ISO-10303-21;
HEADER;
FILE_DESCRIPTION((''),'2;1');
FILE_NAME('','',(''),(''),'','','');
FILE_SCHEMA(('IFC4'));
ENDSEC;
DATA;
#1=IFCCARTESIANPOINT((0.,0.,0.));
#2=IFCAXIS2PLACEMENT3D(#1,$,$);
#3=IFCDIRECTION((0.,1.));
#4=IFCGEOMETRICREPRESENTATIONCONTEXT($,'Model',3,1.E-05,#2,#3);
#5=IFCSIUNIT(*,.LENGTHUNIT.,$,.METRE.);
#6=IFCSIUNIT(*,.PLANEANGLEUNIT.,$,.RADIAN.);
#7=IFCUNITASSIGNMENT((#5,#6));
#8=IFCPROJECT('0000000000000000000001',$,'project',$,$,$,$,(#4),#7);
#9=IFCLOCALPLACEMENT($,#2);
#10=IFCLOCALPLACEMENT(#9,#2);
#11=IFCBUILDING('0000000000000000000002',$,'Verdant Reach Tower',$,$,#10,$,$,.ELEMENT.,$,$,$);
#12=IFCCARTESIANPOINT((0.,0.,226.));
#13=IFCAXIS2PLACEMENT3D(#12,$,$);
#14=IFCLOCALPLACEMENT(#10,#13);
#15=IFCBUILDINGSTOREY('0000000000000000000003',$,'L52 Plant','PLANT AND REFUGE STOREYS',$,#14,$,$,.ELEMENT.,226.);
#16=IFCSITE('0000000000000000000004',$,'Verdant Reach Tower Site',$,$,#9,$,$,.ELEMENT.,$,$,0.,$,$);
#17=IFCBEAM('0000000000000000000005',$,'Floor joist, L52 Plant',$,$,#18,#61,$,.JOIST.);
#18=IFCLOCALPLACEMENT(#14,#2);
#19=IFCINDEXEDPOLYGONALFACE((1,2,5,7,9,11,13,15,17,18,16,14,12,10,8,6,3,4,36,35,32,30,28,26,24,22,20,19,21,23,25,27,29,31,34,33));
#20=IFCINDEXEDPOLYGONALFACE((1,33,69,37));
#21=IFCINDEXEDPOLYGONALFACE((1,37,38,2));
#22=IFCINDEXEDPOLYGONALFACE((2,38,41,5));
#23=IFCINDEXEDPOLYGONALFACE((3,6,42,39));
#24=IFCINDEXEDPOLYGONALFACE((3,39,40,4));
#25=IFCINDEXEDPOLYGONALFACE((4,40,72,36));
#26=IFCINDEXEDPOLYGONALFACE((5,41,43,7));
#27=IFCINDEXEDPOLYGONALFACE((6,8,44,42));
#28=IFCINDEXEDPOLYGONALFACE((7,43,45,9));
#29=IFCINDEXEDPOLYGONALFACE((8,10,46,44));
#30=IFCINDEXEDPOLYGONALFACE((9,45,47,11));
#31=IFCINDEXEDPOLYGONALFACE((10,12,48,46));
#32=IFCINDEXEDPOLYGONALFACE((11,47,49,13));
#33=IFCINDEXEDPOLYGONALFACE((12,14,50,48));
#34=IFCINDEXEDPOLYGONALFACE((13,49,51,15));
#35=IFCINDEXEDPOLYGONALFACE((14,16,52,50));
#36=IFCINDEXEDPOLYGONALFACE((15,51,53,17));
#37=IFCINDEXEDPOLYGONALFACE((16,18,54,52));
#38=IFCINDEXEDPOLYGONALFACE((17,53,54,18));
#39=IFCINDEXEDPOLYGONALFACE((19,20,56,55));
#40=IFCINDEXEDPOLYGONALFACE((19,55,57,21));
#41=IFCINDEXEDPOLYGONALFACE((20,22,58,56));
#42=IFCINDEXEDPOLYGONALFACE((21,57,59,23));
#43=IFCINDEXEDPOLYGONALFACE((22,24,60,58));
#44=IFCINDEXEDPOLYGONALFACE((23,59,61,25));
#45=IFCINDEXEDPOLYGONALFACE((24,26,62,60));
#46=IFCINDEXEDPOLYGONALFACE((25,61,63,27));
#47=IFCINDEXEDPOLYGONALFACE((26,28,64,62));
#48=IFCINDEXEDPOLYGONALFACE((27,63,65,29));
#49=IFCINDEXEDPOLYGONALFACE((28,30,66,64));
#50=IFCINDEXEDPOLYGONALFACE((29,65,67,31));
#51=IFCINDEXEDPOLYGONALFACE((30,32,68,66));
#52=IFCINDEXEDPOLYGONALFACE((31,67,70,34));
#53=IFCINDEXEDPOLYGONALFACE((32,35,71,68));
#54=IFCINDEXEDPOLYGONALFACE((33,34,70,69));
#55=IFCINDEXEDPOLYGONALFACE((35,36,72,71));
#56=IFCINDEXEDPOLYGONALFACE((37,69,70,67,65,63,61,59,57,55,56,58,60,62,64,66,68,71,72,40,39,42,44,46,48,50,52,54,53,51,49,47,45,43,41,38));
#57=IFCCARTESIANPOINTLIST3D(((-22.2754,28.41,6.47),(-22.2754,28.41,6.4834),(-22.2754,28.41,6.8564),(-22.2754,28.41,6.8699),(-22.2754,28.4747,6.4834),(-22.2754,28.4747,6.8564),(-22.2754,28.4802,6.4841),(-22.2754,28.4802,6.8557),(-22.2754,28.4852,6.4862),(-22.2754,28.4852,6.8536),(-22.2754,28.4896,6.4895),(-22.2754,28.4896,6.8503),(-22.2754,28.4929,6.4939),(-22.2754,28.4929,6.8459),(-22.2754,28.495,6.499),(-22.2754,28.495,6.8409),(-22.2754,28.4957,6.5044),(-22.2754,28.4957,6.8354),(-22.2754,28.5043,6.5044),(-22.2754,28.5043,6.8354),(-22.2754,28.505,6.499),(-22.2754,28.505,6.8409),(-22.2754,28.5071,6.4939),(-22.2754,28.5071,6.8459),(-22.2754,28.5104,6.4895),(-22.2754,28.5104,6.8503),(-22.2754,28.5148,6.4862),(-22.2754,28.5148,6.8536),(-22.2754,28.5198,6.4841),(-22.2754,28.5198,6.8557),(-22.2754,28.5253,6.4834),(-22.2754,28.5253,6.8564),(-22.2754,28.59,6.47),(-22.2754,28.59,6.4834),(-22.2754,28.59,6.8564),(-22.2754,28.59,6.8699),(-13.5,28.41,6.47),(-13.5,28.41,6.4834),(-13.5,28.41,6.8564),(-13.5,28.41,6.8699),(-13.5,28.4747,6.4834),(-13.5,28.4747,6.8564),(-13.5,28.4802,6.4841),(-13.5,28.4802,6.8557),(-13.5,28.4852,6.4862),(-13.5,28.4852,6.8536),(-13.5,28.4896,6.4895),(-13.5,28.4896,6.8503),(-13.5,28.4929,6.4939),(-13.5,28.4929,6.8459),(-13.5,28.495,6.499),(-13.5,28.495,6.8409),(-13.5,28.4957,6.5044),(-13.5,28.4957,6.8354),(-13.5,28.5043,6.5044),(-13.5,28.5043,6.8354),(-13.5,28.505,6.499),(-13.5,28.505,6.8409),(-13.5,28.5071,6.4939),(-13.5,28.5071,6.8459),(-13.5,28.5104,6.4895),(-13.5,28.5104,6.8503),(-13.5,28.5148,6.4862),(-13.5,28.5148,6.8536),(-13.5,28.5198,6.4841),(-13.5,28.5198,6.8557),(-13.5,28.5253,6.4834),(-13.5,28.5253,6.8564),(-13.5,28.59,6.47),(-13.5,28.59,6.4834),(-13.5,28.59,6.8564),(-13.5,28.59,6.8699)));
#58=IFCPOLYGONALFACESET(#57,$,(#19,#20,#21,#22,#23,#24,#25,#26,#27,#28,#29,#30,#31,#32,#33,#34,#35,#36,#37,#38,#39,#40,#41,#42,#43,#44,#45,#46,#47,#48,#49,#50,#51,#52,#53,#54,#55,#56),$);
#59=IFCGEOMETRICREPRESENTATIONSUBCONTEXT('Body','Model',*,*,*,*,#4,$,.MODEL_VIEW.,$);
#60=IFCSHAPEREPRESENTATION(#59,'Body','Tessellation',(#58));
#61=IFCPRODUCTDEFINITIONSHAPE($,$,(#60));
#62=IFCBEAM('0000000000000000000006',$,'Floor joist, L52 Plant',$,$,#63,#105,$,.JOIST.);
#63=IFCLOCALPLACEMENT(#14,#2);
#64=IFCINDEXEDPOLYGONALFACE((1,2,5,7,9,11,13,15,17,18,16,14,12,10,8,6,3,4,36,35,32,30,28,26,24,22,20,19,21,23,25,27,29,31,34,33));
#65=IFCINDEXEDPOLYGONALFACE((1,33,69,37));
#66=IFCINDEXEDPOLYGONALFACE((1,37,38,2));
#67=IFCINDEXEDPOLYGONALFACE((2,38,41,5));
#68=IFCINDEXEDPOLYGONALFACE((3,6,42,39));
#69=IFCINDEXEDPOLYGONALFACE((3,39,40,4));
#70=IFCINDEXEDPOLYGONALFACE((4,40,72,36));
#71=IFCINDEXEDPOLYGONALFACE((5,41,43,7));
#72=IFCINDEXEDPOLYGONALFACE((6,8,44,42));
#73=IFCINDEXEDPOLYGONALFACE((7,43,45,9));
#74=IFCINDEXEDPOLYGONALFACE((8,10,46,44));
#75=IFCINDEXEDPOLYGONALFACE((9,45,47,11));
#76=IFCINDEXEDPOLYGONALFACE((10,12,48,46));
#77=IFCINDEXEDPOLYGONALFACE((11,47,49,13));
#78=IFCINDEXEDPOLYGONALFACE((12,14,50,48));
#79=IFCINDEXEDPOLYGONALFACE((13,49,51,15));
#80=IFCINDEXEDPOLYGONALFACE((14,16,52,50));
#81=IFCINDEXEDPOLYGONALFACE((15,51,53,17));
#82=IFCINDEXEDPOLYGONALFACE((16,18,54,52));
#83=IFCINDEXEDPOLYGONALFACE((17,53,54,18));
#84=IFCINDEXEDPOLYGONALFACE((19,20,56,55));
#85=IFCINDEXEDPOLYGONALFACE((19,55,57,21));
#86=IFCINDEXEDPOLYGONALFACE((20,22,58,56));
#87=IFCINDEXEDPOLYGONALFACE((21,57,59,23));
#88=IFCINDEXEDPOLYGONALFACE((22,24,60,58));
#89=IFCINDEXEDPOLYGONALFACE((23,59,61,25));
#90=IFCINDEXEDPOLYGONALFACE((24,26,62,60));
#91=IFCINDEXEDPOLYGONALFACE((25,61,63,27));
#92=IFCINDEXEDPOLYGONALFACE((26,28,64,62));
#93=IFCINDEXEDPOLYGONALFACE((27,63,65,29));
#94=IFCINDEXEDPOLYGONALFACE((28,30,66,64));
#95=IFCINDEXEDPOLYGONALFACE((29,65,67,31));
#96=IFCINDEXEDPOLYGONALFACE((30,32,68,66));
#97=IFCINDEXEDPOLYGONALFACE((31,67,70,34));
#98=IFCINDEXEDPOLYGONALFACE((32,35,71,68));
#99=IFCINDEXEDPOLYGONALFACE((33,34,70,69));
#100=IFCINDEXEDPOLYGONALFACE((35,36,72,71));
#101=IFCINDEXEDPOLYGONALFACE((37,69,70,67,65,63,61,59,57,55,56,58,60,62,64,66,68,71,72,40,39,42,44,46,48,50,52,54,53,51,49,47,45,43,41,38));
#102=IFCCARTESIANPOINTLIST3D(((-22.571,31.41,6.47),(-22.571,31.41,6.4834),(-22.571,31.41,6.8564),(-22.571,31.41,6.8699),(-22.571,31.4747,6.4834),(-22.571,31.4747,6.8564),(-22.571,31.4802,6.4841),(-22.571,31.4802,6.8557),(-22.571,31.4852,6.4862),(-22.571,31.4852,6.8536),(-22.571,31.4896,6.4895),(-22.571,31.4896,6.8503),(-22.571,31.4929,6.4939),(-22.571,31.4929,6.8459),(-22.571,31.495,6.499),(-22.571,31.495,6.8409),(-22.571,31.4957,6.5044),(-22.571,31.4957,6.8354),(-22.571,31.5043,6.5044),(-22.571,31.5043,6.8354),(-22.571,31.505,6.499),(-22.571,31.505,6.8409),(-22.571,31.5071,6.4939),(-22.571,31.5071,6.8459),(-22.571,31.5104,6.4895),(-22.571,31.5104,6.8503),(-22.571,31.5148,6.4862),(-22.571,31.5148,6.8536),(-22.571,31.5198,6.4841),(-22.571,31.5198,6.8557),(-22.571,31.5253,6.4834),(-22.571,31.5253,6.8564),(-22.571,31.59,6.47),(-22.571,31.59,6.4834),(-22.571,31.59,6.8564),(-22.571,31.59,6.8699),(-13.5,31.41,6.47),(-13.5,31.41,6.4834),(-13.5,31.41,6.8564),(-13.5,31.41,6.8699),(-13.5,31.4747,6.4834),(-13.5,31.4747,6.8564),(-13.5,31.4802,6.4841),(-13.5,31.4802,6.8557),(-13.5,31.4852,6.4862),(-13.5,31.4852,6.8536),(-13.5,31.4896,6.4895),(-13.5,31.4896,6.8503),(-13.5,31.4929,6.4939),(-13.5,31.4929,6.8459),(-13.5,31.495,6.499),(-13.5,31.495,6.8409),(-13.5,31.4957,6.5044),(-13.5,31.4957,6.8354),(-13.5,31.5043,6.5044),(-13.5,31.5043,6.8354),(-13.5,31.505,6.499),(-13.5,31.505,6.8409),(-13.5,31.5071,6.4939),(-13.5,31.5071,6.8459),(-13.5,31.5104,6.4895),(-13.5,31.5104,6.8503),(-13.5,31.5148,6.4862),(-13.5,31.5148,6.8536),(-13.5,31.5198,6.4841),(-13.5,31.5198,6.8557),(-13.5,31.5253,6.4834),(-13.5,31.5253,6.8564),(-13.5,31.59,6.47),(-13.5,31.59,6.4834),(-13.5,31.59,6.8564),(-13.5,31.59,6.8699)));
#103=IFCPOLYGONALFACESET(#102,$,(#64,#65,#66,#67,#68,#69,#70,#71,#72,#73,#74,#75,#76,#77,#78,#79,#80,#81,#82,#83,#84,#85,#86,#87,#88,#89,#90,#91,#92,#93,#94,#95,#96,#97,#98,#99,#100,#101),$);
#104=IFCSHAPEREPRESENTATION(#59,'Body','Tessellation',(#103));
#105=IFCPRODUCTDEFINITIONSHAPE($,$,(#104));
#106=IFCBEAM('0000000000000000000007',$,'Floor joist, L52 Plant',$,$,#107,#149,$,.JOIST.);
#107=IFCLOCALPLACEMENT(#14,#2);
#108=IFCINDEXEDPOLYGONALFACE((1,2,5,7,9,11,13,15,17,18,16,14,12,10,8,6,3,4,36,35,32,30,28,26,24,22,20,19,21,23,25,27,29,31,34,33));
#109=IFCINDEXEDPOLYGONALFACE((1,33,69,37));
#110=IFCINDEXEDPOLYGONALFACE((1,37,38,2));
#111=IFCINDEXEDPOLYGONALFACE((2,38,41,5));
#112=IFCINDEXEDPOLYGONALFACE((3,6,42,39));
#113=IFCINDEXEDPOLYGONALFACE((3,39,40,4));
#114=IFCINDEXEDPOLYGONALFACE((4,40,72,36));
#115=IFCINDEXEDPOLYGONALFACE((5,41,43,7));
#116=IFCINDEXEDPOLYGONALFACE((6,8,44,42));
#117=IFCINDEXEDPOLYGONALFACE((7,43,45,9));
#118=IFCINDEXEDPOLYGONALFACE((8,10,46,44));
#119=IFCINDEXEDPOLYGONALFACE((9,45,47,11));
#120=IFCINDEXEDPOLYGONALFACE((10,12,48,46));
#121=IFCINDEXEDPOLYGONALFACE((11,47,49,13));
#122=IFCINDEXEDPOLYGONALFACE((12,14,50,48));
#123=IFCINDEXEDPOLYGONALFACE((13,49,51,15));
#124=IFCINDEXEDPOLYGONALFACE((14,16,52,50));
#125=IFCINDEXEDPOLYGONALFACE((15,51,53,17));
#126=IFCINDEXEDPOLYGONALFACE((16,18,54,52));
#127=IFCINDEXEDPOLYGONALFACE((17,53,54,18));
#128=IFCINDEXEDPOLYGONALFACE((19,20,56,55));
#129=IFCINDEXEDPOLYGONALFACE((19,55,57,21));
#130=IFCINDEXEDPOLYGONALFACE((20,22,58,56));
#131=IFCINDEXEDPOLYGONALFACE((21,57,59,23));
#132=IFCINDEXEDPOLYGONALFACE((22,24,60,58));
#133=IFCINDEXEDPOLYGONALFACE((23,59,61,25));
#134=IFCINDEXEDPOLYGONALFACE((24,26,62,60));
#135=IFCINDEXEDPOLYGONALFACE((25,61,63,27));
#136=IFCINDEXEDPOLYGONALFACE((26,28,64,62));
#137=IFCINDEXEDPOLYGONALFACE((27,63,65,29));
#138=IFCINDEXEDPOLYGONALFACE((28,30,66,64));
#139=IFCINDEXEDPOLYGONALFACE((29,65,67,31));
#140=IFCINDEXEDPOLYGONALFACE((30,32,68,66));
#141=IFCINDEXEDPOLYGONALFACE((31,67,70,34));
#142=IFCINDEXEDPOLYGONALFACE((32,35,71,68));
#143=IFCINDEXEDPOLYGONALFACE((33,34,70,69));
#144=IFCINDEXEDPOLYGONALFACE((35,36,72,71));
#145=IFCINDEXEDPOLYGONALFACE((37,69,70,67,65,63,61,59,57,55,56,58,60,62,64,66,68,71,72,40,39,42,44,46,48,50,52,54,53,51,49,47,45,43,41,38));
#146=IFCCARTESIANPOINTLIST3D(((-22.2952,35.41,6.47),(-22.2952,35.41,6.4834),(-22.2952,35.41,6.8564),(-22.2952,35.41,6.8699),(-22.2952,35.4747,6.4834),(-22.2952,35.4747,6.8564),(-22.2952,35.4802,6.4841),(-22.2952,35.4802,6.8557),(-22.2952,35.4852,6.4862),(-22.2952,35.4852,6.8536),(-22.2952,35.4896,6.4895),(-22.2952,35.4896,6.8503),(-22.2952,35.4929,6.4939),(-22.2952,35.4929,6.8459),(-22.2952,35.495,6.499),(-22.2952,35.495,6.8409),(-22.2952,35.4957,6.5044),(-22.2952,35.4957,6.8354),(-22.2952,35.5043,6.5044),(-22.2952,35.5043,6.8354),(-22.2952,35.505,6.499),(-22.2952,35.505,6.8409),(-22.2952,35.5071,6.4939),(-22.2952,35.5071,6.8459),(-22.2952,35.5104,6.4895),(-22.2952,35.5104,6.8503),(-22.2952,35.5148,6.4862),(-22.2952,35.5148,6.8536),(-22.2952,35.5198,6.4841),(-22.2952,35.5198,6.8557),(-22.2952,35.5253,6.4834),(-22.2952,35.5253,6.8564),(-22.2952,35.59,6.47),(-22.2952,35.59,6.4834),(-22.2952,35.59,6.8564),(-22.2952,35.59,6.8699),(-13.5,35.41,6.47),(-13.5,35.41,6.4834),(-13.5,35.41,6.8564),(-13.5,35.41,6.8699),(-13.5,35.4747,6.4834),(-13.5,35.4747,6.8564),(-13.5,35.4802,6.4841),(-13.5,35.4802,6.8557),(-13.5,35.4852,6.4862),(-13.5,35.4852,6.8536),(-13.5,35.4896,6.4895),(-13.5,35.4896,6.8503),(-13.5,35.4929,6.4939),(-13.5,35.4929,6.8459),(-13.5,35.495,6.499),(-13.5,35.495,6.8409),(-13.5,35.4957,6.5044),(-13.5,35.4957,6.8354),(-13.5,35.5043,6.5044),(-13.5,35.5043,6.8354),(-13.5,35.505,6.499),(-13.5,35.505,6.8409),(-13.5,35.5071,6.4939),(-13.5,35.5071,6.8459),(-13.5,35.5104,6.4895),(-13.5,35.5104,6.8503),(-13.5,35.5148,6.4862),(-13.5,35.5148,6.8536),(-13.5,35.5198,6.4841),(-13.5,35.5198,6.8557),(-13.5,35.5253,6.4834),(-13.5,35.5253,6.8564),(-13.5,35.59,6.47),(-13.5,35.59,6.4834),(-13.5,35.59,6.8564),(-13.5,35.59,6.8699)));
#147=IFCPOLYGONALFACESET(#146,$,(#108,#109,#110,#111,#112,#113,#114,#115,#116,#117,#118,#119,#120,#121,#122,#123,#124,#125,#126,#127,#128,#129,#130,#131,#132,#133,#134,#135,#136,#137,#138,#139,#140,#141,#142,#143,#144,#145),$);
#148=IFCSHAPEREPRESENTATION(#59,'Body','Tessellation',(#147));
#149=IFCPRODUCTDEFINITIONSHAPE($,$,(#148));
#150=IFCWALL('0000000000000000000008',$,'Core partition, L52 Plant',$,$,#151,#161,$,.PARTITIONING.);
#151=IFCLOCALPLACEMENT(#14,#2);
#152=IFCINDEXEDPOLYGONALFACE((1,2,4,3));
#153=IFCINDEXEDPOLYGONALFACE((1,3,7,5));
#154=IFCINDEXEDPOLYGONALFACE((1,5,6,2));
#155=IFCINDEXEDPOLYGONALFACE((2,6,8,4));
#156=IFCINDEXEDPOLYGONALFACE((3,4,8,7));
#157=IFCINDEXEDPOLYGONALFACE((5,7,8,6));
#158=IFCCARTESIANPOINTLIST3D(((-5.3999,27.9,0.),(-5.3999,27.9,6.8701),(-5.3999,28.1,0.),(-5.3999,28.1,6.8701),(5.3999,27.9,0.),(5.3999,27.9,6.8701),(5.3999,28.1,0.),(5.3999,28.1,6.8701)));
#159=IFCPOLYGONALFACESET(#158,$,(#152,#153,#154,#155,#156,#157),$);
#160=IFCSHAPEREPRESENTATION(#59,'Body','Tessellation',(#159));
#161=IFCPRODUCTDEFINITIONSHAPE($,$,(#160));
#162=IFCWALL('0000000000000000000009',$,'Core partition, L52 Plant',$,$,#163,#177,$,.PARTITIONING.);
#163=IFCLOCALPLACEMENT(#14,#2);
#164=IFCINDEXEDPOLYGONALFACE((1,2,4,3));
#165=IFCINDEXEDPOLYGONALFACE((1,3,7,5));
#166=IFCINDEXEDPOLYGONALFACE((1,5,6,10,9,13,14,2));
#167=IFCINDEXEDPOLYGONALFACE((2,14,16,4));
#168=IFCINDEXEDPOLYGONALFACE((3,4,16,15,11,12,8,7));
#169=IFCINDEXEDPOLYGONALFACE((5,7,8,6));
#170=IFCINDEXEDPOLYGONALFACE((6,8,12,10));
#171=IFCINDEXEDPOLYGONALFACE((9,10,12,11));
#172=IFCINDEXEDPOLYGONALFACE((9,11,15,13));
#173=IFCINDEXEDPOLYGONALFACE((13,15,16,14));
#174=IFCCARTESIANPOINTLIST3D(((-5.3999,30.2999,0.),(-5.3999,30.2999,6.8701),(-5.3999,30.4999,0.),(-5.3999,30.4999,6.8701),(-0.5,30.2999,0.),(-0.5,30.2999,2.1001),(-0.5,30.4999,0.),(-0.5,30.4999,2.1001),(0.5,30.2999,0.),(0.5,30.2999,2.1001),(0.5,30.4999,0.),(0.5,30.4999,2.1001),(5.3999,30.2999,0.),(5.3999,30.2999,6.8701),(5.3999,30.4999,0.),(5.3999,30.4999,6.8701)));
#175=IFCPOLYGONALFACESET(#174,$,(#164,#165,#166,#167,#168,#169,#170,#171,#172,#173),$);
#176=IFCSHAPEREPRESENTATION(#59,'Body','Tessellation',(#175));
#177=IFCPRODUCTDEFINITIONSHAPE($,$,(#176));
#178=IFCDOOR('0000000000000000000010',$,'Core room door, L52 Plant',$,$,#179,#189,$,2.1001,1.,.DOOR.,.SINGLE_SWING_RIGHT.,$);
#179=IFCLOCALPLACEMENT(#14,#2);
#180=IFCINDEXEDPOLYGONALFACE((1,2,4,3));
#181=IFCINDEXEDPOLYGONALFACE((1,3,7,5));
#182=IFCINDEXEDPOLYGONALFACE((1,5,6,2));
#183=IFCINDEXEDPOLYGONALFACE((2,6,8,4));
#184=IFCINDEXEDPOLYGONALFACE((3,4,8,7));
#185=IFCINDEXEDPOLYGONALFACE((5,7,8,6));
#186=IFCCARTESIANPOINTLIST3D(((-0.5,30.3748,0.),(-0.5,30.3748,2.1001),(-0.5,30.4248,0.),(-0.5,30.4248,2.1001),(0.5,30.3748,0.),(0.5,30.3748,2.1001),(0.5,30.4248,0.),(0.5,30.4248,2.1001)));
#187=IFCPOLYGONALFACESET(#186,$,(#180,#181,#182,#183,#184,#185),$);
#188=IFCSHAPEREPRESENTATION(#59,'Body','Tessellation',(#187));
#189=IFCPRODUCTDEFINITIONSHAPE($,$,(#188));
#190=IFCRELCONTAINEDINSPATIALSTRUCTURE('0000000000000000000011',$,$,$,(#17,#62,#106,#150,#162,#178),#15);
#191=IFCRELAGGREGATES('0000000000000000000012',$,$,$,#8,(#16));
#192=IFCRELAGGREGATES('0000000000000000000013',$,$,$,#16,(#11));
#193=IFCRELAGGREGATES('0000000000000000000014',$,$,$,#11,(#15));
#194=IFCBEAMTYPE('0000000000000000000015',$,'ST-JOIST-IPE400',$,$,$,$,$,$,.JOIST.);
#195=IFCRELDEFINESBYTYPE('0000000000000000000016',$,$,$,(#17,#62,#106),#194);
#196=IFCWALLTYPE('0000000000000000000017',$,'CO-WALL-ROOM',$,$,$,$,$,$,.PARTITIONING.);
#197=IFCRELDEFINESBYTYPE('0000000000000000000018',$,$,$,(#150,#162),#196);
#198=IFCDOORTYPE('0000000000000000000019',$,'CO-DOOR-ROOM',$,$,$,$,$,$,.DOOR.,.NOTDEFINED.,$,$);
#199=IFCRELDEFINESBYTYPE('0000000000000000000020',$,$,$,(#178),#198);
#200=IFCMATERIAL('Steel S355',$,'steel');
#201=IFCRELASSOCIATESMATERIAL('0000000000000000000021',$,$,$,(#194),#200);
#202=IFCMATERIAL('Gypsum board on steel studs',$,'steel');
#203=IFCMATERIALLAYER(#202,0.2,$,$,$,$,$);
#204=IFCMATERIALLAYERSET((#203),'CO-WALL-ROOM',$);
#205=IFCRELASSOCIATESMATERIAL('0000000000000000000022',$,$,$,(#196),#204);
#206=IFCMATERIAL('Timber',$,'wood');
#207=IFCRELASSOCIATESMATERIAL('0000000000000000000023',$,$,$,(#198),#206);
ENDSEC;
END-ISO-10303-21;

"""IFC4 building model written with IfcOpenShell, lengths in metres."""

from ifc_helpers import new_model, si_unit, direction, frame, frame_2d, origin, origin_2d, place, context, subcontext, project, spatial, rectangle, i_section, extrude, material, layer, layer_set, material_profile, profile_set, type_object, element, fill, save


model = new_model("IFC4")

# Units and contexts
model_context = context("Model", 3, precision=1e-05, world=origin(), true_north=direction((0.0, 1.0)))
body_context = subcontext(model_context, "Body", "Model", "MODEL_VIEW")
ifc_project = project(units=[si_unit("LENGTHUNIT", "METRE"), si_unit("PLANEANGLEUNIT", "RADIAN")], contexts=[model_context])

# Site, building, storey
site_placement = place(None, origin())
site = spatial("IfcSite", under=ifc_project, at=site_placement, Name="Verdant Reach Tower Site", CompositionType="ELEMENT", RefElevation=0.0)
building_placement = place(site_placement, origin())
building = spatial("IfcBuilding", under=site, at=building_placement, Name="Verdant Reach Tower", CompositionType="ELEMENT")
storey_placement = place(building_placement, frame((0.0, 0.0, 226.0)))
storey = spatial("IfcBuildingStorey", under=building, at=storey_placement, Name="L52 Plant", Description="PLANT AND REFUGE STOREYS", CompositionType="ELEMENT", Elevation=226.0)

# Beams
ifc_material_1 = material(Name="Steel S355", Category="steel")
ifc_material_profile = material_profile(ifc_material_1, i_section(OverallWidth=0.1799, OverallDepth=0.3999, WebThickness=0.0085, FlangeThickness=0.0134, FilletRadius=0.021, at=origin_2d()), Name="IPE 400")
ifc_profile_set = profile_set([ifc_material_profile], Name="Steel S355")
beam_type = type_object("IfcBeamType", Name="ST-JOIST-IPE400", PredefinedType="JOIST", material=ifc_profile_set)
beam_1_placement = place(storey_placement, frame((-13.5, 28.5, 6.6699), z_axis=(-1.0, 0.0, 0.0), x_axis=(0.0, -1.0, 0.0)))
element("IfcBeam", 1, at=beam_1_placement, inside=storey, type_object=beam_type, Name="Floor joist, L52 Plant", PredefinedType="JOIST", context=body_context, shape_type="SweptSolid", body=[
    extrude(i_section(OverallWidth=0.1799, OverallDepth=0.3999, WebThickness=0.0085, FlangeThickness=0.0134, FilletRadius=0.021, at=origin_2d()), origin(), (0.0, 0.0, 1.0), 8.7754),
])
beam_2_placement = place(storey_placement, frame((-13.5, 31.5, 6.6699), z_axis=(-1.0, 0.0, 0.0), x_axis=(0.0, -1.0, 0.0)))
element("IfcBeam", 2, at=beam_2_placement, inside=storey, type_object=beam_type, Name="Floor joist, L52 Plant", PredefinedType="JOIST", context=body_context, shape_type="SweptSolid", body=[
    extrude(i_section(OverallWidth=0.1799, OverallDepth=0.3999, WebThickness=0.0085, FlangeThickness=0.0134, FilletRadius=0.021, at=origin_2d()), origin(), (0.0, 0.0, 1.0), 9.071),
])
beam_3_placement = place(storey_placement, frame((-13.5, 35.5, 6.6699), z_axis=(-1.0, 0.0, 0.0), x_axis=(0.0, -1.0, 0.0)))
element("IfcBeam", 3, at=beam_3_placement, inside=storey, type_object=beam_type, Name="Floor joist, L52 Plant", PredefinedType="JOIST", context=body_context, shape_type="SweptSolid", body=[
    extrude(i_section(OverallWidth=0.1799, OverallDepth=0.3999, WebThickness=0.0085, FlangeThickness=0.0134, FilletRadius=0.021, at=origin_2d()), origin(), (0.0, 0.0, 1.0), 8.7952),
])

# Wall
ifc_material_2 = material(Name="Gypsum board on steel studs", Category="steel")
ifc_layer_1 = layer(ifc_material_2, 0.2)
ifc_layer_set_1 = layer_set([ifc_layer_1], Name="CO-WALL-ROOM")
wall_type_1 = type_object("IfcWallType", Name="CO-WALL-ROOM", PredefinedType="PARTITIONING", material=ifc_layer_set_1)
wall_1_placement = place(storey_placement, frame((-5.3999, 28.0, 0.0), z_axis=(0.0, 0.0, 1.0), x_axis=(1.0, 0.0, 0.0)))
element("IfcWall", 4, at=wall_1_placement, inside=storey, type_object=wall_type_1, Name="Core partition, L52 Plant", PredefinedType="PARTITIONING", context=body_context, shape_type="SweptSolid", body=[
    extrude(rectangle(XDim=10.7998, YDim=0.2, at=frame_2d((5.3999, 0.0))), origin(), (0.0, 0.0, 1.0), 6.8701),
])

# Wall, opening, door
wall_2_placement = place(storey_placement, frame((-5.3999, 30.3999, 0.0), z_axis=(0.0, 0.0, 1.0), x_axis=(1.0, 0.0, 0.0)))
wall_2 = element("IfcWall", 5, at=wall_2_placement, inside=storey, type_object=wall_type_1, Name="Core partition, L52 Plant", PredefinedType="PARTITIONING", context=body_context, shape_type="SweptSolid", body=[
    extrude(rectangle(XDim=10.7998, YDim=0.2, at=frame_2d((5.3999, 0.0))), origin(), (0.0, 0.0, 1.0), 6.8701),
])
opening_1_placement = place(wall_2_placement, frame((4.8999, 0.0, 0.0)))
opening_1 = element("IfcOpeningElement", 6, at=opening_1_placement, cuts=wall_2, PredefinedType="OPENING", context=body_context, shape_type="SweptSolid", body=[
    extrude(rectangle(XDim=1.0, YDim=2.1001, at=frame_2d((0.5, 1.05))), frame((0.0, 0.1099, 0.0), z_axis=(0.0, -1.0, 0.0), x_axis=(1.0, 0.0, 0.0)), (0.0, 0.0, 1.0), 0.22),
])
ifc_material_3 = material(Name="Timber", Category="wood")
door_type_1 = type_object("IfcDoorType", Name="CO-DOOR-ROOM", OperationType="NOTDEFINED", PredefinedType="DOOR", material=ifc_material_3)
door_1_placement = place(opening_1_placement, origin())
door_1 = element("IfcDoor", 7, at=door_1_placement, inside=storey, type_object=door_type_1, Name="Core room door, L52 Plant", OperationType="SINGLE_SWING_RIGHT", OverallHeight=2.1001, OverallWidth=1.0, PredefinedType="DOOR", context=body_context, shape_type="SweptSolid", body=[
    extrude(rectangle(XDim=1.0, YDim=2.1001, at=frame_2d((0.5, 1.05))), frame((0.0, 0.0249, 0.0), z_axis=(0.0, -1.0, 0.0), x_axis=(1.0, 0.0, 0.0)), (0.0, 0.0, 1.0), 0.05),
])
fill(opening_1, door_1)

save(model, "model.ifc")
